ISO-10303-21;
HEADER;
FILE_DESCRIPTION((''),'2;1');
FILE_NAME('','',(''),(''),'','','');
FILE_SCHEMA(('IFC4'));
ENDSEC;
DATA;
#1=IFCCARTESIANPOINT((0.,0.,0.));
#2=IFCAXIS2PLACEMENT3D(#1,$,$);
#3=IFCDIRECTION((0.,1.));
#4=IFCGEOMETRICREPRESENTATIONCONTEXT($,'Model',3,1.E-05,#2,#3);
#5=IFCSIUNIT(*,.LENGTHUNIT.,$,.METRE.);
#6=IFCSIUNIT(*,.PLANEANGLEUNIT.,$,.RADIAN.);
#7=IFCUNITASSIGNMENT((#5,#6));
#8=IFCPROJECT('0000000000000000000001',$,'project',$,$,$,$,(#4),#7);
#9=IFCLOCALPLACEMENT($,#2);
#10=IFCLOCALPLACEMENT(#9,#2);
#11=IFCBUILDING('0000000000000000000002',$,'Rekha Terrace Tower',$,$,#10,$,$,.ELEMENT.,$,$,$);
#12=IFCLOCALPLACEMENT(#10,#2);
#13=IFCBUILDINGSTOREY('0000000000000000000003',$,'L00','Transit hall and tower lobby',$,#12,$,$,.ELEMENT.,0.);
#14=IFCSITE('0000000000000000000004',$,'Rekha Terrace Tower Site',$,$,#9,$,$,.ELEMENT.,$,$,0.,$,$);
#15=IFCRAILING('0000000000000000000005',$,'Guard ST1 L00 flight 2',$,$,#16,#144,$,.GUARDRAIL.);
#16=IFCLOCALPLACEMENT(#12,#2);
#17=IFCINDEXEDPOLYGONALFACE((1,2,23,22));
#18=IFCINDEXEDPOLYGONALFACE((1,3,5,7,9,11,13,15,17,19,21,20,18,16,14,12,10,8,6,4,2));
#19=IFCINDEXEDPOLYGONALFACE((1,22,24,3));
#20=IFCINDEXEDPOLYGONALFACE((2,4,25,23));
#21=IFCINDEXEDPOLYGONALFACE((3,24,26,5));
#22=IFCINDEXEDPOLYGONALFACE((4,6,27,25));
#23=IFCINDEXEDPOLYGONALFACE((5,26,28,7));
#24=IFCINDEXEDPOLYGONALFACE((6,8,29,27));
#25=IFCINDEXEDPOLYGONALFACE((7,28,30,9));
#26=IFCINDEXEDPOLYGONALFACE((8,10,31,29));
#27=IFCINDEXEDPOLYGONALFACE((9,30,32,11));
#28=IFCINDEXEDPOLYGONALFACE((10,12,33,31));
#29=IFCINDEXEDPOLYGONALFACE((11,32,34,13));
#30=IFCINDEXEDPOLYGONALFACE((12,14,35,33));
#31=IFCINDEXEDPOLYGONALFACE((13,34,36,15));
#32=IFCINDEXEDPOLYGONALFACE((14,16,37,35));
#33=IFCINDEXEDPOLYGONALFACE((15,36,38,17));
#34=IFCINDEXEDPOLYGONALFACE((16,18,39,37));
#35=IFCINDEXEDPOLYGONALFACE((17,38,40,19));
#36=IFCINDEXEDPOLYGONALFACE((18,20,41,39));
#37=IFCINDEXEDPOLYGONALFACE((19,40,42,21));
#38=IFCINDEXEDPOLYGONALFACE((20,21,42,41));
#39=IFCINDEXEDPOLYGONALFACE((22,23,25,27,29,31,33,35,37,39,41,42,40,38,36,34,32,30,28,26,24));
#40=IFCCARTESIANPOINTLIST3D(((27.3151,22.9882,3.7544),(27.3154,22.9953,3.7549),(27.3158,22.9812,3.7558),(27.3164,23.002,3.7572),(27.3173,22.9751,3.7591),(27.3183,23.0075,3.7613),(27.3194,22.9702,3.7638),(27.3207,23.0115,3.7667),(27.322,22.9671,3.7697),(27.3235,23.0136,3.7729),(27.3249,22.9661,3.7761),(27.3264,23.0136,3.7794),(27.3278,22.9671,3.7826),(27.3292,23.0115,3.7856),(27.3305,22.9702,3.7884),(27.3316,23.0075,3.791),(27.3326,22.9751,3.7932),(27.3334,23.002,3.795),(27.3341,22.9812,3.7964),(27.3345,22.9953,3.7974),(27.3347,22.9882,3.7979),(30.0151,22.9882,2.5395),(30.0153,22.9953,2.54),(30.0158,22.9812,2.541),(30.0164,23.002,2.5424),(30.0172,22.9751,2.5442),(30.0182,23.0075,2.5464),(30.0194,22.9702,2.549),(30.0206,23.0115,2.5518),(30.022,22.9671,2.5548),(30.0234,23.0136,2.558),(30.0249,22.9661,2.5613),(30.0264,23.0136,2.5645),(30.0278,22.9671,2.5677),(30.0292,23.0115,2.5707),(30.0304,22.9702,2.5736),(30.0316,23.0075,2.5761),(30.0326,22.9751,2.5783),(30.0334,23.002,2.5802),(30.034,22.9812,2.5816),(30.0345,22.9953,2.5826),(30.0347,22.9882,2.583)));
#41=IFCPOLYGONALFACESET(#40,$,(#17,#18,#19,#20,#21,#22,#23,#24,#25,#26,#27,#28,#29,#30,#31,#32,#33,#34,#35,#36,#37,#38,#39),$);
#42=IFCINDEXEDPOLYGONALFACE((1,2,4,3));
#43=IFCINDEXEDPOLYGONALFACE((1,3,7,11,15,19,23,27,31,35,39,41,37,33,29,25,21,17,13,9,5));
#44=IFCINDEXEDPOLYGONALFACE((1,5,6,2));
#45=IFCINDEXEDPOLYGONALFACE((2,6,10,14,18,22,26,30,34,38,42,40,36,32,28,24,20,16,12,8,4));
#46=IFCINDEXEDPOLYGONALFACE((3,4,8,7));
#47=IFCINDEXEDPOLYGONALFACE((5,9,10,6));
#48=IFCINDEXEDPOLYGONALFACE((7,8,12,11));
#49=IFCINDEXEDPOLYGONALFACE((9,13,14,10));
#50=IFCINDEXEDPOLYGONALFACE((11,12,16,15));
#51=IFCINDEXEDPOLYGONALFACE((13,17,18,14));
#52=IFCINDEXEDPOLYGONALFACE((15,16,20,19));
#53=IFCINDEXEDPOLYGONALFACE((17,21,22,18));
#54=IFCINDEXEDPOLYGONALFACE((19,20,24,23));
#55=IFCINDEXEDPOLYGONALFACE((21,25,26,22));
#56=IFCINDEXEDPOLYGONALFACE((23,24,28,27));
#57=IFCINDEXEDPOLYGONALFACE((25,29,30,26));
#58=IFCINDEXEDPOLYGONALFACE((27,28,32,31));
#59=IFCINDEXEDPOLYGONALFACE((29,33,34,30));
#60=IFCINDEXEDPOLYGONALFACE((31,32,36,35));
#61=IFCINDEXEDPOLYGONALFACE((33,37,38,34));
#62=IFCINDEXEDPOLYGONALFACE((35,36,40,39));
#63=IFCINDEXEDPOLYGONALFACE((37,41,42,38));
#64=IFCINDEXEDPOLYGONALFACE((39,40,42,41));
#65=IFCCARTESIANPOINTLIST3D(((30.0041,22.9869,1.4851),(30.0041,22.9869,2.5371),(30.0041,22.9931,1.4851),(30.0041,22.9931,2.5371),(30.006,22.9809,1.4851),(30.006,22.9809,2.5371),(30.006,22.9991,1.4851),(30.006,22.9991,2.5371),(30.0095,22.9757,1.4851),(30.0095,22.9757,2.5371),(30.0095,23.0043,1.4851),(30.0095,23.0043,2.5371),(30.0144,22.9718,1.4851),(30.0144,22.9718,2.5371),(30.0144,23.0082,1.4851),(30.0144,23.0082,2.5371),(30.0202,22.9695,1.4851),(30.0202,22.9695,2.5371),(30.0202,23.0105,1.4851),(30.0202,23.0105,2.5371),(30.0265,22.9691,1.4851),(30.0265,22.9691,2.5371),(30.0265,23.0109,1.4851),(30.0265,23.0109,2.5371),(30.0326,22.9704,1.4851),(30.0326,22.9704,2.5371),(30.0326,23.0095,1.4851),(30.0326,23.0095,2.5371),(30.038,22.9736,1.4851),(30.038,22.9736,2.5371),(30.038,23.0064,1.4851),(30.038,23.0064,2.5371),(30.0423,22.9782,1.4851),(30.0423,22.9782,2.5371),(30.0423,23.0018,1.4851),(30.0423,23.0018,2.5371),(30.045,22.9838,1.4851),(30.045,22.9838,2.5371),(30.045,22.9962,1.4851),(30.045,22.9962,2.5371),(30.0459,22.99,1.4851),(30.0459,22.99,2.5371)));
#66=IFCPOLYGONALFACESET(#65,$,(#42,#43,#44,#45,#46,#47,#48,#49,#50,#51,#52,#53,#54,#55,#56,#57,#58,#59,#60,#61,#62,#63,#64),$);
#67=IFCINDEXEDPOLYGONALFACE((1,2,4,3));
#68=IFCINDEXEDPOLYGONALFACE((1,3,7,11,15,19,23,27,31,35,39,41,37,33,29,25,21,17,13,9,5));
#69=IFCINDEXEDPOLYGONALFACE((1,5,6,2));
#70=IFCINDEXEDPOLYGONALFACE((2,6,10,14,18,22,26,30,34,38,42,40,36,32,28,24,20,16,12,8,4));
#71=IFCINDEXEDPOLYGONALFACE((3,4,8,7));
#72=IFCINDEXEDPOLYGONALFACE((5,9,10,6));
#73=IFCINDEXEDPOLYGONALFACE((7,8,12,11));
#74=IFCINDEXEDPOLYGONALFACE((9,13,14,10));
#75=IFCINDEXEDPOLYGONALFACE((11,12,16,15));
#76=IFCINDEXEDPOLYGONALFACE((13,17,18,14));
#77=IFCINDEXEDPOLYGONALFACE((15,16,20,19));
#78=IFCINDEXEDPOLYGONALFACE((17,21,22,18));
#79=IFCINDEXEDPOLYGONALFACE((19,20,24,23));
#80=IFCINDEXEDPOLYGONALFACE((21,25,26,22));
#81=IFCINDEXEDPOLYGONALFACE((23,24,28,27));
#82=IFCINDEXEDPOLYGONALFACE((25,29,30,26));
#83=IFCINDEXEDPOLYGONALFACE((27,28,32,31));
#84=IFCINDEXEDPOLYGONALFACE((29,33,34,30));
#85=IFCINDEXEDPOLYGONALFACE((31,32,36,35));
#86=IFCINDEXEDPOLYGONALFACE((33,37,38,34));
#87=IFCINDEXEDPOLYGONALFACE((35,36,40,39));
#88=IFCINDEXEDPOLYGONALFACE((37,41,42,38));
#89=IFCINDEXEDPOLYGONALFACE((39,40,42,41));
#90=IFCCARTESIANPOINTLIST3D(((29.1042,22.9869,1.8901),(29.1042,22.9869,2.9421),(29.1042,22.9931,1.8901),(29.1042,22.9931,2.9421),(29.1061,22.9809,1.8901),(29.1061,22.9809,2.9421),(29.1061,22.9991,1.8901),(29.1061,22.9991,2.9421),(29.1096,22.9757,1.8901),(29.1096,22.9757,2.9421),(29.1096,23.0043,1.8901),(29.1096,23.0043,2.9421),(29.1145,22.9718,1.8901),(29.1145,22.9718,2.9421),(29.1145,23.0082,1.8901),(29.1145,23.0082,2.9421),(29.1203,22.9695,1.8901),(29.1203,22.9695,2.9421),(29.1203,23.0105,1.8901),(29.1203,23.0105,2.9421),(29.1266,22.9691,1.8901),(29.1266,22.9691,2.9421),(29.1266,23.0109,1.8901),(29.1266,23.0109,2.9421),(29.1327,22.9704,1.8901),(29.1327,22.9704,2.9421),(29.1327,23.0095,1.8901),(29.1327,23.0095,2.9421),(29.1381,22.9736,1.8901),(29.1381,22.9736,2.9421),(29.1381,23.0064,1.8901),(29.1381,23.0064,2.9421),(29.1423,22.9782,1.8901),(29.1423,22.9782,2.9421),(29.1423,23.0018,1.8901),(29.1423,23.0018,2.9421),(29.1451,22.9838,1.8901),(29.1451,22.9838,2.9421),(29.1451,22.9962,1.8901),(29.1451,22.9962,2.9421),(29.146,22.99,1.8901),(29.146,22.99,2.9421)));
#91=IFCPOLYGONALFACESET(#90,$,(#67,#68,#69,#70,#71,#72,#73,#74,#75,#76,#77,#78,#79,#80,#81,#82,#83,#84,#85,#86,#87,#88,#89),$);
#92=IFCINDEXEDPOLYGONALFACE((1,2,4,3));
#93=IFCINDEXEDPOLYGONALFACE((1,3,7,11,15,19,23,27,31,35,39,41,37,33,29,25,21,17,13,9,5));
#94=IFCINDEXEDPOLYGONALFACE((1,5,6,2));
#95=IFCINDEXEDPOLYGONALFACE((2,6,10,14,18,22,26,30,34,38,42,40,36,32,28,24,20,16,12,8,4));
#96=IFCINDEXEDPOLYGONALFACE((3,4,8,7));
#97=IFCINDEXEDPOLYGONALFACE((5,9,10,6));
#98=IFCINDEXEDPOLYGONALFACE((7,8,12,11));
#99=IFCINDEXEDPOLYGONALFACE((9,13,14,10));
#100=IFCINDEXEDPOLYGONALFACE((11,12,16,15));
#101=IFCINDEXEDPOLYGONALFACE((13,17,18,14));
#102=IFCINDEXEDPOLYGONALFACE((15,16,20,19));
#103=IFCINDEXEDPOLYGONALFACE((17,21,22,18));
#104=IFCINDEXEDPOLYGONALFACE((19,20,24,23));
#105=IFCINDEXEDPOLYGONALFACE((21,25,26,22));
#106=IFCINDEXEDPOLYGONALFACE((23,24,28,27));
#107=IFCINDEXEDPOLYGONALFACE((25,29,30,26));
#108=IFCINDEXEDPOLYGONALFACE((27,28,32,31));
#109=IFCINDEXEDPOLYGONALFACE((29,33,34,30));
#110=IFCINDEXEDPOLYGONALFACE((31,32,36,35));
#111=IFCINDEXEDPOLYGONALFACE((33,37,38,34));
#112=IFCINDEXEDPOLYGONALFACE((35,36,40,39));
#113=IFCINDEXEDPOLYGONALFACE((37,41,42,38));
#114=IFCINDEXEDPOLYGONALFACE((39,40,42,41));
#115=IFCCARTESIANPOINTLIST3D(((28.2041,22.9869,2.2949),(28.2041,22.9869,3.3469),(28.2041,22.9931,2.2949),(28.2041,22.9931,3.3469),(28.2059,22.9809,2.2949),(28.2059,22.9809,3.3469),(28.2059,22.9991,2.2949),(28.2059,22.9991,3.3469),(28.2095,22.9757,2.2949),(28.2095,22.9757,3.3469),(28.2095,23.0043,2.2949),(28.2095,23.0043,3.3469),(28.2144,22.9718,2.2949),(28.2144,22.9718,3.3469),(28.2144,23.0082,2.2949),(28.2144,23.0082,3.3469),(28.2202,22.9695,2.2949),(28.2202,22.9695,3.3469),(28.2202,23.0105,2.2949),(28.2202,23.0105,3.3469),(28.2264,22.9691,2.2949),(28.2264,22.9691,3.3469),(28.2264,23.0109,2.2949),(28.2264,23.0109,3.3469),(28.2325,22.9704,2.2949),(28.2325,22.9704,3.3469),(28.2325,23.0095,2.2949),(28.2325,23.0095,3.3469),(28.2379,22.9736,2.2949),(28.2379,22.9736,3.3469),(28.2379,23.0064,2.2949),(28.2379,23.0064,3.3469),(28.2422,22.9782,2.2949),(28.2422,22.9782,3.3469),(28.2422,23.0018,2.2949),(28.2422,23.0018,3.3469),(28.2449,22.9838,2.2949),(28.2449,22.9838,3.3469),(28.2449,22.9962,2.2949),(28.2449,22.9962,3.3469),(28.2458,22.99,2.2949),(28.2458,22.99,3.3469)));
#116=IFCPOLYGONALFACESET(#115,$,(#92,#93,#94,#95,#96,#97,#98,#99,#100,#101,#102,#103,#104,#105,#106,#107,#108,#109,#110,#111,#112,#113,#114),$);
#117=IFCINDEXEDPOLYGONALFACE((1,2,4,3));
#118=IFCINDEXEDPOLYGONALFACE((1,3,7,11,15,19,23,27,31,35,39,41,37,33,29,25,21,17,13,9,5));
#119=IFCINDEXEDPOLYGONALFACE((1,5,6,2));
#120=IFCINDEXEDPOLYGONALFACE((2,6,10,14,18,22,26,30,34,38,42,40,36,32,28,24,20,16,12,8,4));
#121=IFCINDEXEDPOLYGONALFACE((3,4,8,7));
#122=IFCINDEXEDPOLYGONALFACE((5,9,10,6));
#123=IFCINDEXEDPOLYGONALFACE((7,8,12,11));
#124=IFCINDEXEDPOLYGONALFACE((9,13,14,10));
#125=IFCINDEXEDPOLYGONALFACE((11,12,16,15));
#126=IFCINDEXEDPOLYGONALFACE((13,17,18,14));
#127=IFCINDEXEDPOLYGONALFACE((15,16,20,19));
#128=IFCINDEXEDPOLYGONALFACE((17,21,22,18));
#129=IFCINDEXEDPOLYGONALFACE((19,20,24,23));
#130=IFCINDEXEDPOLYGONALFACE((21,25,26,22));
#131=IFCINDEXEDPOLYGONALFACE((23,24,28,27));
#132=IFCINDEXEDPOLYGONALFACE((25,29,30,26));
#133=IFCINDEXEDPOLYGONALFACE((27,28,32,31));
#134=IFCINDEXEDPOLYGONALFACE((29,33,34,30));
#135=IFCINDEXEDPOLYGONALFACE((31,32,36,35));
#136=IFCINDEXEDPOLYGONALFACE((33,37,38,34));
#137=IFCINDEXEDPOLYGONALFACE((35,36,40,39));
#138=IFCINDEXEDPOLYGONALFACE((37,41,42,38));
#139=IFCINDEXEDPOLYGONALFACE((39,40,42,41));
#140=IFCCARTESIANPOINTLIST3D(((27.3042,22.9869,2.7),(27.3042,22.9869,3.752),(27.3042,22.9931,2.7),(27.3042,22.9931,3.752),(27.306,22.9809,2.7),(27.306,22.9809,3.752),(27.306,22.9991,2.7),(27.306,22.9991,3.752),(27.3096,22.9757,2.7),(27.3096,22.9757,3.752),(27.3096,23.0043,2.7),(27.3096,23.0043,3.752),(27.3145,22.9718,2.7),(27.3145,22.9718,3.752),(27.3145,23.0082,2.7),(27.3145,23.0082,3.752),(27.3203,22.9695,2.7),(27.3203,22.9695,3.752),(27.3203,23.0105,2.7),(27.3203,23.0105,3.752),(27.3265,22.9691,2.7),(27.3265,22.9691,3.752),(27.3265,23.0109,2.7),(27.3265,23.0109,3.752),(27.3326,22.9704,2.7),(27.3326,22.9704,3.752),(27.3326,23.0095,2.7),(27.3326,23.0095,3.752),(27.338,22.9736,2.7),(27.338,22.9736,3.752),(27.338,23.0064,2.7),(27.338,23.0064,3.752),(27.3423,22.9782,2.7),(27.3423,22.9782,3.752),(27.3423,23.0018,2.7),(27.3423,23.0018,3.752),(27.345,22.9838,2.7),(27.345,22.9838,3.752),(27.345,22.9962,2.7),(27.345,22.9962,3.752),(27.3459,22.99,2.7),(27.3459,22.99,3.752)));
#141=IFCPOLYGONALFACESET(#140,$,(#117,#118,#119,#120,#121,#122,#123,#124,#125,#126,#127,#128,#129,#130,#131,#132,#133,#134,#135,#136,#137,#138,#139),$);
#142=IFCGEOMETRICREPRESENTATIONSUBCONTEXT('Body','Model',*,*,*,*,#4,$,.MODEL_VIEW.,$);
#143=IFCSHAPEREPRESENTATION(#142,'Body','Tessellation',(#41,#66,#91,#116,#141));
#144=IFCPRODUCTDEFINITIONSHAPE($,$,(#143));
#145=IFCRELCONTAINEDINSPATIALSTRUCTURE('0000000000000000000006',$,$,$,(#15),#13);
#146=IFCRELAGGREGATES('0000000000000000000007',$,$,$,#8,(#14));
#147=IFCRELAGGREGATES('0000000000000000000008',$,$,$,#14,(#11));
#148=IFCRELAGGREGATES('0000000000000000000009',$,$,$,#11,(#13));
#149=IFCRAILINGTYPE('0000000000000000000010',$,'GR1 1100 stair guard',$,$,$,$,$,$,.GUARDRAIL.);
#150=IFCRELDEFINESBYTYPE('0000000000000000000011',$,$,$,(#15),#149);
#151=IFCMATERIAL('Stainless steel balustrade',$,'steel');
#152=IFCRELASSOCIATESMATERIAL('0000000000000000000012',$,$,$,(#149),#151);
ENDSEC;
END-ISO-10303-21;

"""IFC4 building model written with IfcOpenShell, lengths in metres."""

from ifc_helpers import new_model, si_unit, direction, frame, origin, origin_2d, place, context, subcontext, project, spatial, circle, extrude, material, type_object, element, save


model = new_model("IFC4")

# Units and contexts
model_context = context("Model", 3, precision=1e-05, world=origin(), true_north=direction((0.0, 1.0)))
body_context = subcontext(model_context, "Body", "Model", "MODEL_VIEW")
ifc_project = project(units=[si_unit("LENGTHUNIT", "METRE"), si_unit("PLANEANGLEUNIT", "RADIAN")], contexts=[model_context])

# Site, building, storey
site_placement = place(None, origin())
site = spatial("IfcSite", under=ifc_project, at=site_placement, Name="Rekha Terrace Tower Site", CompositionType="ELEMENT", RefElevation=0.0)
building_placement = place(site_placement, origin())
building = spatial("IfcBuilding", under=site, at=building_placement, Name="Rekha Terrace Tower", CompositionType="ELEMENT")
storey_placement = place(building_placement, origin())
storey = spatial("IfcBuildingStorey", under=building, at=storey_placement, Name="L00", Description="Transit hall and tower lobby", CompositionType="ELEMENT", Elevation=0.0)

# Railing
ifc_material_1 = material(Name="Stainless steel balustrade", Category="steel")
railing_type_1 = type_object("IfcRailingType", Name="GR1 1100 stair guard", PredefinedType="GUARDRAIL", material=ifc_material_1)
railing_1_placement = place(storey_placement, frame((30.0249, 22.99, 1.4851)))
element("IfcRailing", 1, at=railing_1_placement, inside=storey, type_object=railing_type_1, Name="Guard ST1 L00 flight 2", PredefinedType="GUARDRAIL", context=body_context, shape_type="SweptSolid", body=[
    extrude(circle(Radius=0.0239, at=origin_2d()), frame((0.0, 0.0, 1.0762), z_axis=(-0.911938, 0.0, 0.410327), x_axis=(0.0, -1.0, 0.0)), (0.0, 0.0, 1.0), 2.9607),
    extrude(circle(Radius=0.021, at=origin_2d()), origin(), (0.0, 0.0, 1.0), 1.052),
    extrude(circle(Radius=0.021, at=origin_2d()), frame((-0.8999, 0.0, 0.405)), (0.0, 0.0, 1.0), 1.052),
    extrude(circle(Radius=0.021, at=origin_2d()), frame((-1.8, 0.0, 0.8098)), (0.0, 0.0, 1.0), 1.052),
    extrude(circle(Radius=0.021, at=origin_2d()), frame((-2.7, 0.0, 1.2148)), (0.0, 0.0, 1.0), 1.052),
])

save(model, "model.ifc")
